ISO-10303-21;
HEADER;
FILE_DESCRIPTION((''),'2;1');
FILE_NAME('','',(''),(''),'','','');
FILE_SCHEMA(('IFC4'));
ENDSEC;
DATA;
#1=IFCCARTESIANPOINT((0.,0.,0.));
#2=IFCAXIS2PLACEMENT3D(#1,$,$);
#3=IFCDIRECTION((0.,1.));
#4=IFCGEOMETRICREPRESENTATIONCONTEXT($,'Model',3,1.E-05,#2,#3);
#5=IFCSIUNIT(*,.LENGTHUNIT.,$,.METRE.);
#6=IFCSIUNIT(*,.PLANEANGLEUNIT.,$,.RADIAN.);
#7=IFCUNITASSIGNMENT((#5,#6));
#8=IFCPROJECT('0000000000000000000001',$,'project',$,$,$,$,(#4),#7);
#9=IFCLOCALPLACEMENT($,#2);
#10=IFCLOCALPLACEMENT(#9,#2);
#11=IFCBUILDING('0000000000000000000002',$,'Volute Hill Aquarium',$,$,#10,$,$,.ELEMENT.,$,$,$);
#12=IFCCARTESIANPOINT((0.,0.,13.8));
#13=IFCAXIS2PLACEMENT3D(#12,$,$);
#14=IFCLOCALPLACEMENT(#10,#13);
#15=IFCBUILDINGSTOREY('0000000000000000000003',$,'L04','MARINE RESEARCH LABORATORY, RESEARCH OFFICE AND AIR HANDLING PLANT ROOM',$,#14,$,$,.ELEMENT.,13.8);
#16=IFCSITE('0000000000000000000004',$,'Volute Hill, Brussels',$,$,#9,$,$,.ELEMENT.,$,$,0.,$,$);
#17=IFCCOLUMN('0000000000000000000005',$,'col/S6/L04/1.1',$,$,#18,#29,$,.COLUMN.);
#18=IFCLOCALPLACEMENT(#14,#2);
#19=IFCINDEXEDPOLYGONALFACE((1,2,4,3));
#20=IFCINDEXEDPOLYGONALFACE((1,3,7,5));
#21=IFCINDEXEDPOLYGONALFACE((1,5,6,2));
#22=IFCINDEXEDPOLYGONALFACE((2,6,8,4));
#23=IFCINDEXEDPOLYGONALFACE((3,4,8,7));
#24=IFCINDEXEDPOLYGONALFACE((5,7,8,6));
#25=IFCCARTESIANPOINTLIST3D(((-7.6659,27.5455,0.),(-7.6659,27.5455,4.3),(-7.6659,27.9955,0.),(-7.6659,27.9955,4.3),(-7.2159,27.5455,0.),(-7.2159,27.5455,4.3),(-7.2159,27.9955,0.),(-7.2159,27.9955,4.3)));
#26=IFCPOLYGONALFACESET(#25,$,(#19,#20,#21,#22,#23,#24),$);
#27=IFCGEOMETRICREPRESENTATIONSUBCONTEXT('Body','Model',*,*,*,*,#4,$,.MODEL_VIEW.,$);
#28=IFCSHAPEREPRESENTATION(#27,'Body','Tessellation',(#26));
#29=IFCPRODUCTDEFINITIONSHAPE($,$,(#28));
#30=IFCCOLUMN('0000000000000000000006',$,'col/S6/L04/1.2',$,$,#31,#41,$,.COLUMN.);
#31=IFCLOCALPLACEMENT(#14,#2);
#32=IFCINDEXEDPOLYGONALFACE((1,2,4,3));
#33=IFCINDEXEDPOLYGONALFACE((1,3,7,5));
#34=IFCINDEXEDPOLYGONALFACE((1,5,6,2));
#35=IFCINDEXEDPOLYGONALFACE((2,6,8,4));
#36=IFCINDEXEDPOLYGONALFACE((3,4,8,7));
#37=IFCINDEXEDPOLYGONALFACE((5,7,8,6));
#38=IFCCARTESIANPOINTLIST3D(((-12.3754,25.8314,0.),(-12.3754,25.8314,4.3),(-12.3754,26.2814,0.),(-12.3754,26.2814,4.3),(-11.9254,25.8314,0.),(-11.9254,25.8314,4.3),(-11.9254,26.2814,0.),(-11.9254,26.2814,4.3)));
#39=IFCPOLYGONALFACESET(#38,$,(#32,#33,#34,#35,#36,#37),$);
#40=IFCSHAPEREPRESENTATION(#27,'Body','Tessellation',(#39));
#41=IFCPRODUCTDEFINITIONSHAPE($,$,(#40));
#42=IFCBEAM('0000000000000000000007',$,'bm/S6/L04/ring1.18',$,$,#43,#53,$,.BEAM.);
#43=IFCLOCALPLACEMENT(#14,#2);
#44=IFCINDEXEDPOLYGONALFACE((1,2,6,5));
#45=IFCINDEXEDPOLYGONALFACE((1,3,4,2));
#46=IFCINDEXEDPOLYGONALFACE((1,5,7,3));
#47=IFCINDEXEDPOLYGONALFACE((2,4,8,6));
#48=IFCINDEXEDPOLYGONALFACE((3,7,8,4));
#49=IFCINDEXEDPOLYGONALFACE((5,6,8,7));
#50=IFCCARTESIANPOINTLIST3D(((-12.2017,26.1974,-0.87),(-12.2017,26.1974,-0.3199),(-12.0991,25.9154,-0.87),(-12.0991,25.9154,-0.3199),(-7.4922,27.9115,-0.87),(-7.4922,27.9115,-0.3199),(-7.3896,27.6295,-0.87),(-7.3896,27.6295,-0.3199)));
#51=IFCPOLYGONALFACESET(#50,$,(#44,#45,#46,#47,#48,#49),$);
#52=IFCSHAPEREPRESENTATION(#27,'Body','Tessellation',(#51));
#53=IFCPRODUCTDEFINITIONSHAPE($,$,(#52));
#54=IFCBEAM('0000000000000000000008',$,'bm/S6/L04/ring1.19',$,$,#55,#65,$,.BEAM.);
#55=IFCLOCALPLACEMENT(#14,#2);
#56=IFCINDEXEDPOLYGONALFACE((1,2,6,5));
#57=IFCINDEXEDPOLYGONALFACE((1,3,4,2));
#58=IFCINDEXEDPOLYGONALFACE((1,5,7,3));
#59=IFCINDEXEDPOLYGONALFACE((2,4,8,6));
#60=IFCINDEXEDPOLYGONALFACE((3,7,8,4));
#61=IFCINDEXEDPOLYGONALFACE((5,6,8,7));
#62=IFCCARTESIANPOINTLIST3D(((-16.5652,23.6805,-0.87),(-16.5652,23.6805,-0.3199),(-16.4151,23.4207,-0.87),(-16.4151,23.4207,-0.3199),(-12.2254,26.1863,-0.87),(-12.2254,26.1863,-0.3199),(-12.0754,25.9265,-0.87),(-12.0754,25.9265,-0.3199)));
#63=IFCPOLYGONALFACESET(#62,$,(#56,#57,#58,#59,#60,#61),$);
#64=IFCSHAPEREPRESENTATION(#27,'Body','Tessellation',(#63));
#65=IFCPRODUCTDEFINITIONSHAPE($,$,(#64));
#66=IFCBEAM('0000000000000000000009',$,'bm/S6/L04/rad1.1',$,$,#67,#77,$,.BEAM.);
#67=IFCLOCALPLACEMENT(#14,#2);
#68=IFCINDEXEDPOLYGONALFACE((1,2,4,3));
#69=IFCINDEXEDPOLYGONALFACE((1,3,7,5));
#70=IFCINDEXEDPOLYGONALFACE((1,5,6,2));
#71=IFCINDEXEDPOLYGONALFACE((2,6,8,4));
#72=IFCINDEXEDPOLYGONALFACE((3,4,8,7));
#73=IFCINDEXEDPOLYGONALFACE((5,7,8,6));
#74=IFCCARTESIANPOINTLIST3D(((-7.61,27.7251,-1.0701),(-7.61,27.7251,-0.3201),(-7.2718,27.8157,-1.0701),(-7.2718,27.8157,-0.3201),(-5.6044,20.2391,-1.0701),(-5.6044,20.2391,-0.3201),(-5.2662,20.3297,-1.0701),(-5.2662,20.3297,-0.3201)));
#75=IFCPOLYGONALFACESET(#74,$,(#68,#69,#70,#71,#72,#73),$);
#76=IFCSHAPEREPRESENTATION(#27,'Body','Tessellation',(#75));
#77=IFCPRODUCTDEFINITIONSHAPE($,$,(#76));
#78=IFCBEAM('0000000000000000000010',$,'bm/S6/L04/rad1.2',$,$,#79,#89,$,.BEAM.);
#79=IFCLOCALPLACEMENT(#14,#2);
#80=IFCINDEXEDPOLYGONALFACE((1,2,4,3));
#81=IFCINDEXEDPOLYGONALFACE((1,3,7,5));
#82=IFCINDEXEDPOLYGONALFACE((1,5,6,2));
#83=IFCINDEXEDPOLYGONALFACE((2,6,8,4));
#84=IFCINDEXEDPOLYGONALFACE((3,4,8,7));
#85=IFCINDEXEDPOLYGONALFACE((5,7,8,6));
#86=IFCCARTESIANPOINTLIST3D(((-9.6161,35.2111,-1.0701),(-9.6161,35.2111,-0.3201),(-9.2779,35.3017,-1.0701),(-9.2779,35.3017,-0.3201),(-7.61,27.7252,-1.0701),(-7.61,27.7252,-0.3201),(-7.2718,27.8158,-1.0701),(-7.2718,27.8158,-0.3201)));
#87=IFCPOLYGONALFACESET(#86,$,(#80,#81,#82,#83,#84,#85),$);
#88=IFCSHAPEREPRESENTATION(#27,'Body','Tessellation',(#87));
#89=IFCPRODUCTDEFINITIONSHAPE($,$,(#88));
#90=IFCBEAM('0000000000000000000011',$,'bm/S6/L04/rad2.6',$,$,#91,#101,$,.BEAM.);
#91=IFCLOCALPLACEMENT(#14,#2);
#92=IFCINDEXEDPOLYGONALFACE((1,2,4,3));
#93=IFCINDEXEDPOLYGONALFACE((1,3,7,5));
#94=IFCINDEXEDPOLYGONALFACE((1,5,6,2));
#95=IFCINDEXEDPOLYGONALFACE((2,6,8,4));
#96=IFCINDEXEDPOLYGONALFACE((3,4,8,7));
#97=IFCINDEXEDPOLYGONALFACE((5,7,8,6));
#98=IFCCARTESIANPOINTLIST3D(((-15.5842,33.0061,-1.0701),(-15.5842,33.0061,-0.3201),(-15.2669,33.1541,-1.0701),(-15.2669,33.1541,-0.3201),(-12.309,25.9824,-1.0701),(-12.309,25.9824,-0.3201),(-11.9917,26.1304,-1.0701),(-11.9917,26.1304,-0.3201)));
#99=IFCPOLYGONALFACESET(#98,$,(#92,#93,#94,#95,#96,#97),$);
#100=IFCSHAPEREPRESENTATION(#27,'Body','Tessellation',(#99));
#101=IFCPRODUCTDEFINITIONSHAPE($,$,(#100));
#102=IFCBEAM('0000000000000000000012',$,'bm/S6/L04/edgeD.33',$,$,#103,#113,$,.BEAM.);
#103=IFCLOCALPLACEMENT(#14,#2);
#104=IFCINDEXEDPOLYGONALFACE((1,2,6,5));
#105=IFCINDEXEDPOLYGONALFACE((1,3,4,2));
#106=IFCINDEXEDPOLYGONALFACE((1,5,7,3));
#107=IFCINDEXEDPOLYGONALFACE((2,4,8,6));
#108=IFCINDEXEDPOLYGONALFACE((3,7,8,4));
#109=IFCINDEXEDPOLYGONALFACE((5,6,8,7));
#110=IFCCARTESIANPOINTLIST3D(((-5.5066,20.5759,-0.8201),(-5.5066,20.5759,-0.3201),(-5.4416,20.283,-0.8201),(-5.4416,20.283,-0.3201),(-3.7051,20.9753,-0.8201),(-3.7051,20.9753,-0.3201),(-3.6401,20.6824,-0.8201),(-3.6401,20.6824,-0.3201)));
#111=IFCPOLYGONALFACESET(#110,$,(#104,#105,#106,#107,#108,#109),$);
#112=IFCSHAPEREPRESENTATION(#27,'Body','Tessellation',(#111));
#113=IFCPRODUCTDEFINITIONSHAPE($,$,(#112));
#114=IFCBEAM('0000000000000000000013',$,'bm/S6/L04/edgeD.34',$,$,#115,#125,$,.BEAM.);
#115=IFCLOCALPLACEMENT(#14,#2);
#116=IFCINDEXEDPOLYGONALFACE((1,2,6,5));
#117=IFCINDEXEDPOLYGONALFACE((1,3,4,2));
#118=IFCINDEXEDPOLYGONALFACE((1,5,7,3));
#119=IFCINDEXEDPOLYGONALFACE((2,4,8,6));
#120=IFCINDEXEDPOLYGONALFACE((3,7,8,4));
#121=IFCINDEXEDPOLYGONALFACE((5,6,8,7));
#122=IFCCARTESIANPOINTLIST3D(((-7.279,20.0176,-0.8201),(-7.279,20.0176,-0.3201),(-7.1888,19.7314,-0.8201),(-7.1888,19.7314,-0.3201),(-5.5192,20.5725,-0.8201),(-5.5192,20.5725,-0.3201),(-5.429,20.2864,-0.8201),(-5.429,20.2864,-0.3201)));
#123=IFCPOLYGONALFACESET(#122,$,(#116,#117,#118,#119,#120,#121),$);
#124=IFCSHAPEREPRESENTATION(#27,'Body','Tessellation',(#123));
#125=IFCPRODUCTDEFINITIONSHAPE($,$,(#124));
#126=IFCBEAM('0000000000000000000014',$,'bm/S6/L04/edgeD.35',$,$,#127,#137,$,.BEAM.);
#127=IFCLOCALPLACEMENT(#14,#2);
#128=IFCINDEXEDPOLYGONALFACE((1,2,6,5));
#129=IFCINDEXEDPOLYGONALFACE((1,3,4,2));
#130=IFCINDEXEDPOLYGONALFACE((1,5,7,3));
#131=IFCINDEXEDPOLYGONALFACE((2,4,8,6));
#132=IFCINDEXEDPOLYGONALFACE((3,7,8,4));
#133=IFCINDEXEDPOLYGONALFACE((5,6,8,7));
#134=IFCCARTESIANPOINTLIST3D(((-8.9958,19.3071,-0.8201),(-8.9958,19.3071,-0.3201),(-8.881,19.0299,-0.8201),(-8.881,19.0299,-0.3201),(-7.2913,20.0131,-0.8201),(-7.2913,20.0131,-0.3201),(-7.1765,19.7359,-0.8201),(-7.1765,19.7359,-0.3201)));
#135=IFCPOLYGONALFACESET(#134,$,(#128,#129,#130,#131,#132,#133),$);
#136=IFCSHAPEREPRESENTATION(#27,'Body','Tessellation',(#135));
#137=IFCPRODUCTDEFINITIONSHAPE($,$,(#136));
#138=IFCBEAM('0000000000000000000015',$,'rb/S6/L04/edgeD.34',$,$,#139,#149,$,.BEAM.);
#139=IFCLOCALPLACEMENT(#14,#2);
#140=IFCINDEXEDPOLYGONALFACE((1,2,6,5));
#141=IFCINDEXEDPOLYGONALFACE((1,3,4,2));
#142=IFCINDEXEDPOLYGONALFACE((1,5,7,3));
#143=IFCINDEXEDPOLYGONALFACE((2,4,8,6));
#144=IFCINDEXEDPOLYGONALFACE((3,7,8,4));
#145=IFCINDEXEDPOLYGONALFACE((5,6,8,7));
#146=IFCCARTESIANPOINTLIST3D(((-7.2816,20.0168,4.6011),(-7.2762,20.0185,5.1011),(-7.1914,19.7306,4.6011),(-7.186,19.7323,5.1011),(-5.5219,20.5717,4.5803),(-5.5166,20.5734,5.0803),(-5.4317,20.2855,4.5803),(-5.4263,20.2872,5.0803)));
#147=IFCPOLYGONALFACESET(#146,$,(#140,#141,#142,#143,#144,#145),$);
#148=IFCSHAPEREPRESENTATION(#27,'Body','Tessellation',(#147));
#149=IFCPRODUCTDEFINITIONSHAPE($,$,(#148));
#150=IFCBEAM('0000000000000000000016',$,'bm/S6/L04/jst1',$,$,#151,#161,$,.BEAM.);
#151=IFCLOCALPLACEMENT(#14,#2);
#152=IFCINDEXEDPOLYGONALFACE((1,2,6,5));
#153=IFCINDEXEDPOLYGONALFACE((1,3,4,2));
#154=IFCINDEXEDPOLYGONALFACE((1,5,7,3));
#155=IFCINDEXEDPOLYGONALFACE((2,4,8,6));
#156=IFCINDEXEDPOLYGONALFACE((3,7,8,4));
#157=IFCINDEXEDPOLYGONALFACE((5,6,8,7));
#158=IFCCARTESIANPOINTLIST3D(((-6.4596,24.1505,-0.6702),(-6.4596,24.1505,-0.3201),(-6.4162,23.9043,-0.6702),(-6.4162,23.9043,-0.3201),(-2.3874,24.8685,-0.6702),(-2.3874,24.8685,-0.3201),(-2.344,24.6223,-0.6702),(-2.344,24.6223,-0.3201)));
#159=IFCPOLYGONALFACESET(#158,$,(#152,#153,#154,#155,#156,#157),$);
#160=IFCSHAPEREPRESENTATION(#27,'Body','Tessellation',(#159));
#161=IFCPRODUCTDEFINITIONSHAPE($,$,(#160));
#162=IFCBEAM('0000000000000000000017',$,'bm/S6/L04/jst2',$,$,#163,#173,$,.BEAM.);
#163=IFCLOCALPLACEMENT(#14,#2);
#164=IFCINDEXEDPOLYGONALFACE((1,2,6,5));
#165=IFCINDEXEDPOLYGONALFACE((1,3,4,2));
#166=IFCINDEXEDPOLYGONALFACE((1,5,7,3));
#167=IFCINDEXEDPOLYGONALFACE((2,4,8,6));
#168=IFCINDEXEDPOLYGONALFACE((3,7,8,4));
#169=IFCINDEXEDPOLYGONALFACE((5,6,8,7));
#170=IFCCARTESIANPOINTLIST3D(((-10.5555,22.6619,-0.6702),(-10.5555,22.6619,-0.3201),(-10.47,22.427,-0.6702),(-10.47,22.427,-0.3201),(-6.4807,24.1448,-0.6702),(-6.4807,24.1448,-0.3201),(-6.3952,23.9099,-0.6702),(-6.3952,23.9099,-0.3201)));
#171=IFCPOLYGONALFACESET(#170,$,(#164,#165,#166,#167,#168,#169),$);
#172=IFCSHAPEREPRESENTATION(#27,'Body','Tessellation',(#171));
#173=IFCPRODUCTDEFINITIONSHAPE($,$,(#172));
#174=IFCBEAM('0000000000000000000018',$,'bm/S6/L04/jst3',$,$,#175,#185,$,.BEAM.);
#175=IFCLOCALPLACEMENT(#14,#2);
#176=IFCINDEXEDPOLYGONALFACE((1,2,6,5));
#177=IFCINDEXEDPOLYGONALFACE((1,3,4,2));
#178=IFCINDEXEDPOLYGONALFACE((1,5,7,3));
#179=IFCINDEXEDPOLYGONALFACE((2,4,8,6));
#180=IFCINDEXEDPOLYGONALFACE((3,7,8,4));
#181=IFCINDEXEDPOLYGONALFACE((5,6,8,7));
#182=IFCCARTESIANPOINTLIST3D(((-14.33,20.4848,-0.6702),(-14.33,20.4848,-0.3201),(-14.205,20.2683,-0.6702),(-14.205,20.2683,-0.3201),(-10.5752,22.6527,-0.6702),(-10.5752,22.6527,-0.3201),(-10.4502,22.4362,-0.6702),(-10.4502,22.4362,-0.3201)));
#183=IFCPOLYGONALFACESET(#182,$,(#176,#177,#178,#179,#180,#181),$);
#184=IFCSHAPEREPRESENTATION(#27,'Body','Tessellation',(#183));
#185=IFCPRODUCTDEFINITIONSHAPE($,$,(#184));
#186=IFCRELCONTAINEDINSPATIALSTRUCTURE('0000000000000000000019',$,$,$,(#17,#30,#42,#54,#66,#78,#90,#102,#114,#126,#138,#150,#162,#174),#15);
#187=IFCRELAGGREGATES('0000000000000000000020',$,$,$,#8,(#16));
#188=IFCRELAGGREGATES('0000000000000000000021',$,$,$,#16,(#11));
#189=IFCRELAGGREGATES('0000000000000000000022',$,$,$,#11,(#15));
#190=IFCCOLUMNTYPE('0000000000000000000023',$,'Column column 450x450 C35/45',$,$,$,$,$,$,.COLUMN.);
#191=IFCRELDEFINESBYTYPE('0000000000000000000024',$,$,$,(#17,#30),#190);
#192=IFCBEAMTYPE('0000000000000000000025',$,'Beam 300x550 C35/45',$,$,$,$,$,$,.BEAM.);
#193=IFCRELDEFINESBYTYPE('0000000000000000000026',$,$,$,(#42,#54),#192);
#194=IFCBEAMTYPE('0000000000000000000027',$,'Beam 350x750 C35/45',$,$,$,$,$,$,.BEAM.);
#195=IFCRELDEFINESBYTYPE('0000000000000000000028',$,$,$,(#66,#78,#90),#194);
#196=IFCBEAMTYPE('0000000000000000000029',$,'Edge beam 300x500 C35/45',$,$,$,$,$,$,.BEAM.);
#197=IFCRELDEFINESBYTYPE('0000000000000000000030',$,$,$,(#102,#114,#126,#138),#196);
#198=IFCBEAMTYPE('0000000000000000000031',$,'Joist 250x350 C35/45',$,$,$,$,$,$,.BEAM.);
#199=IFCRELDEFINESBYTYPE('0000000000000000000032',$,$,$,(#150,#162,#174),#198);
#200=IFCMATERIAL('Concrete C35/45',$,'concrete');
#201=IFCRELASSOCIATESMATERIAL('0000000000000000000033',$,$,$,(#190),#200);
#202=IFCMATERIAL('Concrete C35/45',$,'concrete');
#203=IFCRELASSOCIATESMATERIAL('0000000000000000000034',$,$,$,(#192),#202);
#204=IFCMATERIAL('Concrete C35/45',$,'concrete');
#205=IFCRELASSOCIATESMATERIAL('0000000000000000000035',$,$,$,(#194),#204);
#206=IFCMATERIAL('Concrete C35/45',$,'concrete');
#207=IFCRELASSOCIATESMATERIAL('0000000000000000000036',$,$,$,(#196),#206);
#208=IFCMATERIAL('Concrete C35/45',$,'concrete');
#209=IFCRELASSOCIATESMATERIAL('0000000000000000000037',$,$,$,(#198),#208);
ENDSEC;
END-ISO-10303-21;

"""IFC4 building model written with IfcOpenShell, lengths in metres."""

from ifc_helpers import new_model, si_unit, direction, frame, origin, origin_2d, place, context, subcontext, project, spatial, rectangle, extrude, material, material_profile, profile_set, type_object, element, save


model = new_model("IFC4")

# Units and contexts
model_context = context("Model", 3, precision=1e-05, world=origin(), true_north=direction((0.0, 1.0)))
body_context = subcontext(model_context, "Body", "Model", "MODEL_VIEW")
ifc_project = project(units=[si_unit("LENGTHUNIT", "METRE"), si_unit("PLANEANGLEUNIT", "RADIAN")], contexts=[model_context])

# Site, building, storey
site_placement = place(None, origin())
site = spatial("IfcSite", under=ifc_project, at=site_placement, Name="Volute Hill, Brussels", CompositionType="ELEMENT", RefElevation=0.0)
building_placement = place(site_placement, origin())
building = spatial("IfcBuilding", under=site, at=building_placement, Name="Volute Hill Aquarium", CompositionType="ELEMENT")
storey_placement = place(building_placement, frame((0.0, 0.0, 13.8)))
storey = spatial("IfcBuildingStorey", under=building, at=storey_placement, Name="L04", Description="MARINE RESEARCH LABORATORY, RESEARCH OFFICE AND AIR HANDLING PLANT ROOM", CompositionType="ELEMENT", Elevation=13.8)

# Columns
ifc_material_1 = material(Name="Concrete C35/45", Category="concrete")
ifc_material_profile_1 = material_profile(ifc_material_1, rectangle(XDim=0.45, YDim=0.45, at=origin_2d()), Name="RC column 450x450")
ifc_profile_set_1 = profile_set([ifc_material_profile_1], Name="Concrete C35/45")
column_type = type_object("IfcColumnType", Name="Column column 450x450 C35/45", PredefinedType="COLUMN", material=ifc_profile_set_1)
for number, where, z_axis, x_axis, name in (
    (1, (-7.4409, 27.7705, 0.0), (0.0, 0.0, 1.0), (1.0, 0.0, 0.0), "col/S6/L04/1.1"),
    (2, (-12.1504, 26.0564, 0.0), (0.0, 0.0, 1.0), (1.0, 0.0, 0.0), "col/S6/L04/1.2"),
):
    element("IfcColumn", number, at=place(storey_placement, frame(where, z_axis=z_axis, x_axis=x_axis)), inside=storey, type_object=column_type, Name=name, PredefinedType="COLUMN", context=body_context, shape_type="SweptSolid", body=[
        extrude(rectangle(XDim=0.45, YDim=0.45, at=origin_2d()), origin(), (0.0, 0.0, 1.0), 4.3),
    ])

# Beams
ifc_material_2 = material(Name="Concrete C35/45", Category="concrete")
ifc_material_profile_2 = material_profile(ifc_material_2, rectangle(XDim=0.3, YDim=0.55, at=origin_2d()), Name="RC beam 300x550")
ifc_profile_set_2 = profile_set([ifc_material_profile_2], Name="Concrete C35/45")
beam_type_1 = type_object("IfcBeamType", Name="Beam 300x550 C35/45", PredefinedType="BEAM", material=ifc_profile_set_2)
beam_1_placement = place(storey_placement, frame((-7.4409, 27.7705, -0.595), z_axis=(-0.939692, -0.342021, 0.0), x_axis=(0.342021, -0.939692, 0.0)))
element("IfcBeam", 3, at=beam_1_placement, inside=storey, type_object=beam_type_1, Name="bm/S6/L04/ring1.18", PredefinedType="BEAM", context=body_context, shape_type="SweptSolid", body=[
    extrude(rectangle(XDim=0.3, YDim=0.55, at=origin_2d()), origin(), (0.0, 0.0, 1.0), 5.0117),
])
beam_2_placement = place(storey_placement, frame((-12.1504, 26.0564, -0.595), z_axis=(-0.866004, -0.500037, 0.0), x_axis=(0.500037, -0.866004, 0.0)))
element("IfcBeam", 4, at=beam_2_placement, inside=storey, type_object=beam_type_1, Name="bm/S6/L04/ring1.19", PredefinedType="BEAM", context=body_context, shape_type="SweptSolid", body=[
    extrude(rectangle(XDim=0.3, YDim=0.55, at=origin_2d()), origin(), (0.0, 0.0, 1.0), 5.0112),
])
ifc_material_3 = material(Name="Concrete C35/45", Category="concrete")
ifc_material_profile_3 = material_profile(ifc_material_3, rectangle(XDim=0.3501, YDim=0.75, at=origin_2d()), Name="RC beam 350x750")
ifc_profile_set_3 = profile_set([ifc_material_profile_3], Name="Concrete C35/45")
beam_type_2 = type_object("IfcBeamType", Name="Beam 350x750 C35/45", PredefinedType="BEAM", material=ifc_profile_set_3)
for number, where, z_axis, x_axis, name in (
    (5, (-5.4353, 20.2844, -0.6951), (-0.258786, 0.965935, 0.0), (-0.965935, -0.258786, 0.0), "bm/S6/L04/rad1.1"),
    (6, (-7.4409, 27.7705, -0.6951), (-0.258853, 0.965917, 0.0), (-0.965917, -0.258853, 0.0), "bm/S6/L04/rad1.2"),
):
    element("IfcBeam", number, at=place(storey_placement, frame(where, z_axis=z_axis, x_axis=x_axis)), inside=storey, type_object=beam_type_2, Name=name, PredefinedType="BEAM", context=body_context, shape_type="SweptSolid", body=[
        extrude(rectangle(XDim=0.3501, YDim=0.75, at=origin_2d()), origin(), (0.0, 0.0, 1.0), 7.75),
    ])
beam_3_placement = place(storey_placement, frame((-12.1504, 26.0564, -0.6951), z_axis=(-0.422613, 0.90631, 0.0), x_axis=(-0.90631, -0.422613, 0.0)))
element("IfcBeam", 7, at=beam_3_placement, inside=storey, type_object=beam_type_2, Name="bm/S6/L04/rad2.6", PredefinedType="BEAM", context=body_context, shape_type="SweptSolid", body=[
    extrude(rectangle(XDim=0.3501, YDim=0.75, at=origin_2d()), origin(), (0.0, 0.0, 1.0), 7.7498),
])
ifc_material_4 = material(Name="Concrete C35/45", Category="concrete")
ifc_material_profile_4 = material_profile(ifc_material_4, rectangle(XDim=0.3, YDim=0.5, at=origin_2d()), Name="RC edge beam 300x500")
ifc_profile_set_4 = profile_set([ifc_material_profile_4], Name="Concrete C35/45")
beam_type_3 = type_object("IfcBeamType", Name="Edge beam 300x500 C35/45", PredefinedType="BEAM", material=ifc_profile_set_4)
for number, where, z_axis, x_axis, name in (
    (8, (-3.6726, 20.8289, -0.5701), (-0.976293, -0.216454, 0.0), (0.216454, -0.976293, 0.0), "bm/S6/L04/edgeD.33"),
    (9, (-5.4741, 20.4294, -0.5701), (-0.953705, -0.300745, 0.0), (0.300745, -0.953705, 0.0), "bm/S6/L04/edgeD.34"),
):
    element("IfcBeam", number, at=place(storey_placement, frame(where, z_axis=z_axis, x_axis=x_axis)), inside=storey, type_object=beam_type_3, Name=name, PredefinedType="BEAM", context=body_context, shape_type="SweptSolid", body=[
        extrude(rectangle(XDim=0.3, YDim=0.5, at=origin_2d()), origin(), (0.0, 0.0, 1.0), 1.8452),
    ])
beam_4_placement = place(storey_placement, frame((-7.2339, 19.8745, -0.5701), z_axis=(-0.923881, -0.382679, 0.0), x_axis=(0.382679, -0.923881, 0.0)))
element("IfcBeam", 10, at=beam_4_placement, inside=storey, type_object=beam_type_3, Name="bm/S6/L04/edgeD.35", PredefinedType="BEAM", context=body_context, shape_type="SweptSolid", body=[
    extrude(rectangle(XDim=0.3, YDim=0.5, at=origin_2d()), origin(), (0.0, 0.0, 1.0), 1.845),
])
beam_5_placement = place(storey_placement, frame((-5.4741, 20.4294, 4.8303), z_axis=(-0.953644, -0.300726, 0.011246), x_axis=(0.300745, -0.953705, 0.0)))
element("IfcBeam", 11, at=beam_5_placement, inside=storey, type_object=beam_type_3, Name="rb/S6/L04/edgeD.34", PredefinedType="BEAM", context=body_context, shape_type="SweptSolid", body=[
    extrude(rectangle(XDim=0.3, YDim=0.5, at=origin_2d()), origin(), (0.0, 0.0, 1.0), 1.8452),
])
ifc_material_5 = material(Name="Concrete C35/45", Category="concrete")
ifc_material_profile_5 = material_profile(ifc_material_5, rectangle(XDim=0.25, YDim=0.3501, at=origin_2d()), Name="RC joist 250x350")
ifc_profile_set_5 = profile_set([ifc_material_profile_5], Name="Concrete C35/45")
beam_type_4 = type_object("IfcBeamType", Name="Joist 250x350 C35/45", PredefinedType="BEAM", material=ifc_profile_set_5)
beam_6_placement = place(storey_placement, frame((-2.3657, 24.7454, -0.4951), z_axis=(-0.984809, -0.173641, 0.0), x_axis=(0.173641, -0.984809, 0.0)))
element("IfcBeam", 12, at=beam_6_placement, inside=storey, type_object=beam_type_4, Name="bm/S6/L04/jst1", PredefinedType="BEAM", context=body_context, shape_type="SweptSolid", body=[
    extrude(rectangle(XDim=0.25, YDim=0.3501, at=origin_2d()), origin(), (0.0, 0.0, 1.0), 4.135),
])
beam_7_placement = place(storey_placement, frame((-6.438, 24.0273, -0.4951), z_axis=(-0.939705, -0.341987, 0.0), x_axis=(0.341987, -0.939705, 0.0)))
element("IfcBeam", 13, at=beam_7_placement, inside=storey, type_object=beam_type_4, Name="bm/S6/L04/jst2", PredefinedType="BEAM", context=body_context, shape_type="SweptSolid", body=[
    extrude(rectangle(XDim=0.25, YDim=0.3501, at=origin_2d()), origin(), (0.0, 0.0, 1.0), 4.3362),
])
beam_8_placement = place(storey_placement, frame((-10.5127, 22.5444, -0.4951), z_axis=(-0.866017, -0.500015, 0.0), x_axis=(0.500015, -0.866017, 0.0)))
element("IfcBeam", 14, at=beam_8_placement, inside=storey, type_object=beam_type_4, Name="bm/S6/L04/jst3", PredefinedType="BEAM", context=body_context, shape_type="SweptSolid", body=[
    extrude(rectangle(XDim=0.25, YDim=0.3501, at=origin_2d()), origin(), (0.0, 0.0, 1.0), 4.3357),
])

save(model, "model.ifc")
